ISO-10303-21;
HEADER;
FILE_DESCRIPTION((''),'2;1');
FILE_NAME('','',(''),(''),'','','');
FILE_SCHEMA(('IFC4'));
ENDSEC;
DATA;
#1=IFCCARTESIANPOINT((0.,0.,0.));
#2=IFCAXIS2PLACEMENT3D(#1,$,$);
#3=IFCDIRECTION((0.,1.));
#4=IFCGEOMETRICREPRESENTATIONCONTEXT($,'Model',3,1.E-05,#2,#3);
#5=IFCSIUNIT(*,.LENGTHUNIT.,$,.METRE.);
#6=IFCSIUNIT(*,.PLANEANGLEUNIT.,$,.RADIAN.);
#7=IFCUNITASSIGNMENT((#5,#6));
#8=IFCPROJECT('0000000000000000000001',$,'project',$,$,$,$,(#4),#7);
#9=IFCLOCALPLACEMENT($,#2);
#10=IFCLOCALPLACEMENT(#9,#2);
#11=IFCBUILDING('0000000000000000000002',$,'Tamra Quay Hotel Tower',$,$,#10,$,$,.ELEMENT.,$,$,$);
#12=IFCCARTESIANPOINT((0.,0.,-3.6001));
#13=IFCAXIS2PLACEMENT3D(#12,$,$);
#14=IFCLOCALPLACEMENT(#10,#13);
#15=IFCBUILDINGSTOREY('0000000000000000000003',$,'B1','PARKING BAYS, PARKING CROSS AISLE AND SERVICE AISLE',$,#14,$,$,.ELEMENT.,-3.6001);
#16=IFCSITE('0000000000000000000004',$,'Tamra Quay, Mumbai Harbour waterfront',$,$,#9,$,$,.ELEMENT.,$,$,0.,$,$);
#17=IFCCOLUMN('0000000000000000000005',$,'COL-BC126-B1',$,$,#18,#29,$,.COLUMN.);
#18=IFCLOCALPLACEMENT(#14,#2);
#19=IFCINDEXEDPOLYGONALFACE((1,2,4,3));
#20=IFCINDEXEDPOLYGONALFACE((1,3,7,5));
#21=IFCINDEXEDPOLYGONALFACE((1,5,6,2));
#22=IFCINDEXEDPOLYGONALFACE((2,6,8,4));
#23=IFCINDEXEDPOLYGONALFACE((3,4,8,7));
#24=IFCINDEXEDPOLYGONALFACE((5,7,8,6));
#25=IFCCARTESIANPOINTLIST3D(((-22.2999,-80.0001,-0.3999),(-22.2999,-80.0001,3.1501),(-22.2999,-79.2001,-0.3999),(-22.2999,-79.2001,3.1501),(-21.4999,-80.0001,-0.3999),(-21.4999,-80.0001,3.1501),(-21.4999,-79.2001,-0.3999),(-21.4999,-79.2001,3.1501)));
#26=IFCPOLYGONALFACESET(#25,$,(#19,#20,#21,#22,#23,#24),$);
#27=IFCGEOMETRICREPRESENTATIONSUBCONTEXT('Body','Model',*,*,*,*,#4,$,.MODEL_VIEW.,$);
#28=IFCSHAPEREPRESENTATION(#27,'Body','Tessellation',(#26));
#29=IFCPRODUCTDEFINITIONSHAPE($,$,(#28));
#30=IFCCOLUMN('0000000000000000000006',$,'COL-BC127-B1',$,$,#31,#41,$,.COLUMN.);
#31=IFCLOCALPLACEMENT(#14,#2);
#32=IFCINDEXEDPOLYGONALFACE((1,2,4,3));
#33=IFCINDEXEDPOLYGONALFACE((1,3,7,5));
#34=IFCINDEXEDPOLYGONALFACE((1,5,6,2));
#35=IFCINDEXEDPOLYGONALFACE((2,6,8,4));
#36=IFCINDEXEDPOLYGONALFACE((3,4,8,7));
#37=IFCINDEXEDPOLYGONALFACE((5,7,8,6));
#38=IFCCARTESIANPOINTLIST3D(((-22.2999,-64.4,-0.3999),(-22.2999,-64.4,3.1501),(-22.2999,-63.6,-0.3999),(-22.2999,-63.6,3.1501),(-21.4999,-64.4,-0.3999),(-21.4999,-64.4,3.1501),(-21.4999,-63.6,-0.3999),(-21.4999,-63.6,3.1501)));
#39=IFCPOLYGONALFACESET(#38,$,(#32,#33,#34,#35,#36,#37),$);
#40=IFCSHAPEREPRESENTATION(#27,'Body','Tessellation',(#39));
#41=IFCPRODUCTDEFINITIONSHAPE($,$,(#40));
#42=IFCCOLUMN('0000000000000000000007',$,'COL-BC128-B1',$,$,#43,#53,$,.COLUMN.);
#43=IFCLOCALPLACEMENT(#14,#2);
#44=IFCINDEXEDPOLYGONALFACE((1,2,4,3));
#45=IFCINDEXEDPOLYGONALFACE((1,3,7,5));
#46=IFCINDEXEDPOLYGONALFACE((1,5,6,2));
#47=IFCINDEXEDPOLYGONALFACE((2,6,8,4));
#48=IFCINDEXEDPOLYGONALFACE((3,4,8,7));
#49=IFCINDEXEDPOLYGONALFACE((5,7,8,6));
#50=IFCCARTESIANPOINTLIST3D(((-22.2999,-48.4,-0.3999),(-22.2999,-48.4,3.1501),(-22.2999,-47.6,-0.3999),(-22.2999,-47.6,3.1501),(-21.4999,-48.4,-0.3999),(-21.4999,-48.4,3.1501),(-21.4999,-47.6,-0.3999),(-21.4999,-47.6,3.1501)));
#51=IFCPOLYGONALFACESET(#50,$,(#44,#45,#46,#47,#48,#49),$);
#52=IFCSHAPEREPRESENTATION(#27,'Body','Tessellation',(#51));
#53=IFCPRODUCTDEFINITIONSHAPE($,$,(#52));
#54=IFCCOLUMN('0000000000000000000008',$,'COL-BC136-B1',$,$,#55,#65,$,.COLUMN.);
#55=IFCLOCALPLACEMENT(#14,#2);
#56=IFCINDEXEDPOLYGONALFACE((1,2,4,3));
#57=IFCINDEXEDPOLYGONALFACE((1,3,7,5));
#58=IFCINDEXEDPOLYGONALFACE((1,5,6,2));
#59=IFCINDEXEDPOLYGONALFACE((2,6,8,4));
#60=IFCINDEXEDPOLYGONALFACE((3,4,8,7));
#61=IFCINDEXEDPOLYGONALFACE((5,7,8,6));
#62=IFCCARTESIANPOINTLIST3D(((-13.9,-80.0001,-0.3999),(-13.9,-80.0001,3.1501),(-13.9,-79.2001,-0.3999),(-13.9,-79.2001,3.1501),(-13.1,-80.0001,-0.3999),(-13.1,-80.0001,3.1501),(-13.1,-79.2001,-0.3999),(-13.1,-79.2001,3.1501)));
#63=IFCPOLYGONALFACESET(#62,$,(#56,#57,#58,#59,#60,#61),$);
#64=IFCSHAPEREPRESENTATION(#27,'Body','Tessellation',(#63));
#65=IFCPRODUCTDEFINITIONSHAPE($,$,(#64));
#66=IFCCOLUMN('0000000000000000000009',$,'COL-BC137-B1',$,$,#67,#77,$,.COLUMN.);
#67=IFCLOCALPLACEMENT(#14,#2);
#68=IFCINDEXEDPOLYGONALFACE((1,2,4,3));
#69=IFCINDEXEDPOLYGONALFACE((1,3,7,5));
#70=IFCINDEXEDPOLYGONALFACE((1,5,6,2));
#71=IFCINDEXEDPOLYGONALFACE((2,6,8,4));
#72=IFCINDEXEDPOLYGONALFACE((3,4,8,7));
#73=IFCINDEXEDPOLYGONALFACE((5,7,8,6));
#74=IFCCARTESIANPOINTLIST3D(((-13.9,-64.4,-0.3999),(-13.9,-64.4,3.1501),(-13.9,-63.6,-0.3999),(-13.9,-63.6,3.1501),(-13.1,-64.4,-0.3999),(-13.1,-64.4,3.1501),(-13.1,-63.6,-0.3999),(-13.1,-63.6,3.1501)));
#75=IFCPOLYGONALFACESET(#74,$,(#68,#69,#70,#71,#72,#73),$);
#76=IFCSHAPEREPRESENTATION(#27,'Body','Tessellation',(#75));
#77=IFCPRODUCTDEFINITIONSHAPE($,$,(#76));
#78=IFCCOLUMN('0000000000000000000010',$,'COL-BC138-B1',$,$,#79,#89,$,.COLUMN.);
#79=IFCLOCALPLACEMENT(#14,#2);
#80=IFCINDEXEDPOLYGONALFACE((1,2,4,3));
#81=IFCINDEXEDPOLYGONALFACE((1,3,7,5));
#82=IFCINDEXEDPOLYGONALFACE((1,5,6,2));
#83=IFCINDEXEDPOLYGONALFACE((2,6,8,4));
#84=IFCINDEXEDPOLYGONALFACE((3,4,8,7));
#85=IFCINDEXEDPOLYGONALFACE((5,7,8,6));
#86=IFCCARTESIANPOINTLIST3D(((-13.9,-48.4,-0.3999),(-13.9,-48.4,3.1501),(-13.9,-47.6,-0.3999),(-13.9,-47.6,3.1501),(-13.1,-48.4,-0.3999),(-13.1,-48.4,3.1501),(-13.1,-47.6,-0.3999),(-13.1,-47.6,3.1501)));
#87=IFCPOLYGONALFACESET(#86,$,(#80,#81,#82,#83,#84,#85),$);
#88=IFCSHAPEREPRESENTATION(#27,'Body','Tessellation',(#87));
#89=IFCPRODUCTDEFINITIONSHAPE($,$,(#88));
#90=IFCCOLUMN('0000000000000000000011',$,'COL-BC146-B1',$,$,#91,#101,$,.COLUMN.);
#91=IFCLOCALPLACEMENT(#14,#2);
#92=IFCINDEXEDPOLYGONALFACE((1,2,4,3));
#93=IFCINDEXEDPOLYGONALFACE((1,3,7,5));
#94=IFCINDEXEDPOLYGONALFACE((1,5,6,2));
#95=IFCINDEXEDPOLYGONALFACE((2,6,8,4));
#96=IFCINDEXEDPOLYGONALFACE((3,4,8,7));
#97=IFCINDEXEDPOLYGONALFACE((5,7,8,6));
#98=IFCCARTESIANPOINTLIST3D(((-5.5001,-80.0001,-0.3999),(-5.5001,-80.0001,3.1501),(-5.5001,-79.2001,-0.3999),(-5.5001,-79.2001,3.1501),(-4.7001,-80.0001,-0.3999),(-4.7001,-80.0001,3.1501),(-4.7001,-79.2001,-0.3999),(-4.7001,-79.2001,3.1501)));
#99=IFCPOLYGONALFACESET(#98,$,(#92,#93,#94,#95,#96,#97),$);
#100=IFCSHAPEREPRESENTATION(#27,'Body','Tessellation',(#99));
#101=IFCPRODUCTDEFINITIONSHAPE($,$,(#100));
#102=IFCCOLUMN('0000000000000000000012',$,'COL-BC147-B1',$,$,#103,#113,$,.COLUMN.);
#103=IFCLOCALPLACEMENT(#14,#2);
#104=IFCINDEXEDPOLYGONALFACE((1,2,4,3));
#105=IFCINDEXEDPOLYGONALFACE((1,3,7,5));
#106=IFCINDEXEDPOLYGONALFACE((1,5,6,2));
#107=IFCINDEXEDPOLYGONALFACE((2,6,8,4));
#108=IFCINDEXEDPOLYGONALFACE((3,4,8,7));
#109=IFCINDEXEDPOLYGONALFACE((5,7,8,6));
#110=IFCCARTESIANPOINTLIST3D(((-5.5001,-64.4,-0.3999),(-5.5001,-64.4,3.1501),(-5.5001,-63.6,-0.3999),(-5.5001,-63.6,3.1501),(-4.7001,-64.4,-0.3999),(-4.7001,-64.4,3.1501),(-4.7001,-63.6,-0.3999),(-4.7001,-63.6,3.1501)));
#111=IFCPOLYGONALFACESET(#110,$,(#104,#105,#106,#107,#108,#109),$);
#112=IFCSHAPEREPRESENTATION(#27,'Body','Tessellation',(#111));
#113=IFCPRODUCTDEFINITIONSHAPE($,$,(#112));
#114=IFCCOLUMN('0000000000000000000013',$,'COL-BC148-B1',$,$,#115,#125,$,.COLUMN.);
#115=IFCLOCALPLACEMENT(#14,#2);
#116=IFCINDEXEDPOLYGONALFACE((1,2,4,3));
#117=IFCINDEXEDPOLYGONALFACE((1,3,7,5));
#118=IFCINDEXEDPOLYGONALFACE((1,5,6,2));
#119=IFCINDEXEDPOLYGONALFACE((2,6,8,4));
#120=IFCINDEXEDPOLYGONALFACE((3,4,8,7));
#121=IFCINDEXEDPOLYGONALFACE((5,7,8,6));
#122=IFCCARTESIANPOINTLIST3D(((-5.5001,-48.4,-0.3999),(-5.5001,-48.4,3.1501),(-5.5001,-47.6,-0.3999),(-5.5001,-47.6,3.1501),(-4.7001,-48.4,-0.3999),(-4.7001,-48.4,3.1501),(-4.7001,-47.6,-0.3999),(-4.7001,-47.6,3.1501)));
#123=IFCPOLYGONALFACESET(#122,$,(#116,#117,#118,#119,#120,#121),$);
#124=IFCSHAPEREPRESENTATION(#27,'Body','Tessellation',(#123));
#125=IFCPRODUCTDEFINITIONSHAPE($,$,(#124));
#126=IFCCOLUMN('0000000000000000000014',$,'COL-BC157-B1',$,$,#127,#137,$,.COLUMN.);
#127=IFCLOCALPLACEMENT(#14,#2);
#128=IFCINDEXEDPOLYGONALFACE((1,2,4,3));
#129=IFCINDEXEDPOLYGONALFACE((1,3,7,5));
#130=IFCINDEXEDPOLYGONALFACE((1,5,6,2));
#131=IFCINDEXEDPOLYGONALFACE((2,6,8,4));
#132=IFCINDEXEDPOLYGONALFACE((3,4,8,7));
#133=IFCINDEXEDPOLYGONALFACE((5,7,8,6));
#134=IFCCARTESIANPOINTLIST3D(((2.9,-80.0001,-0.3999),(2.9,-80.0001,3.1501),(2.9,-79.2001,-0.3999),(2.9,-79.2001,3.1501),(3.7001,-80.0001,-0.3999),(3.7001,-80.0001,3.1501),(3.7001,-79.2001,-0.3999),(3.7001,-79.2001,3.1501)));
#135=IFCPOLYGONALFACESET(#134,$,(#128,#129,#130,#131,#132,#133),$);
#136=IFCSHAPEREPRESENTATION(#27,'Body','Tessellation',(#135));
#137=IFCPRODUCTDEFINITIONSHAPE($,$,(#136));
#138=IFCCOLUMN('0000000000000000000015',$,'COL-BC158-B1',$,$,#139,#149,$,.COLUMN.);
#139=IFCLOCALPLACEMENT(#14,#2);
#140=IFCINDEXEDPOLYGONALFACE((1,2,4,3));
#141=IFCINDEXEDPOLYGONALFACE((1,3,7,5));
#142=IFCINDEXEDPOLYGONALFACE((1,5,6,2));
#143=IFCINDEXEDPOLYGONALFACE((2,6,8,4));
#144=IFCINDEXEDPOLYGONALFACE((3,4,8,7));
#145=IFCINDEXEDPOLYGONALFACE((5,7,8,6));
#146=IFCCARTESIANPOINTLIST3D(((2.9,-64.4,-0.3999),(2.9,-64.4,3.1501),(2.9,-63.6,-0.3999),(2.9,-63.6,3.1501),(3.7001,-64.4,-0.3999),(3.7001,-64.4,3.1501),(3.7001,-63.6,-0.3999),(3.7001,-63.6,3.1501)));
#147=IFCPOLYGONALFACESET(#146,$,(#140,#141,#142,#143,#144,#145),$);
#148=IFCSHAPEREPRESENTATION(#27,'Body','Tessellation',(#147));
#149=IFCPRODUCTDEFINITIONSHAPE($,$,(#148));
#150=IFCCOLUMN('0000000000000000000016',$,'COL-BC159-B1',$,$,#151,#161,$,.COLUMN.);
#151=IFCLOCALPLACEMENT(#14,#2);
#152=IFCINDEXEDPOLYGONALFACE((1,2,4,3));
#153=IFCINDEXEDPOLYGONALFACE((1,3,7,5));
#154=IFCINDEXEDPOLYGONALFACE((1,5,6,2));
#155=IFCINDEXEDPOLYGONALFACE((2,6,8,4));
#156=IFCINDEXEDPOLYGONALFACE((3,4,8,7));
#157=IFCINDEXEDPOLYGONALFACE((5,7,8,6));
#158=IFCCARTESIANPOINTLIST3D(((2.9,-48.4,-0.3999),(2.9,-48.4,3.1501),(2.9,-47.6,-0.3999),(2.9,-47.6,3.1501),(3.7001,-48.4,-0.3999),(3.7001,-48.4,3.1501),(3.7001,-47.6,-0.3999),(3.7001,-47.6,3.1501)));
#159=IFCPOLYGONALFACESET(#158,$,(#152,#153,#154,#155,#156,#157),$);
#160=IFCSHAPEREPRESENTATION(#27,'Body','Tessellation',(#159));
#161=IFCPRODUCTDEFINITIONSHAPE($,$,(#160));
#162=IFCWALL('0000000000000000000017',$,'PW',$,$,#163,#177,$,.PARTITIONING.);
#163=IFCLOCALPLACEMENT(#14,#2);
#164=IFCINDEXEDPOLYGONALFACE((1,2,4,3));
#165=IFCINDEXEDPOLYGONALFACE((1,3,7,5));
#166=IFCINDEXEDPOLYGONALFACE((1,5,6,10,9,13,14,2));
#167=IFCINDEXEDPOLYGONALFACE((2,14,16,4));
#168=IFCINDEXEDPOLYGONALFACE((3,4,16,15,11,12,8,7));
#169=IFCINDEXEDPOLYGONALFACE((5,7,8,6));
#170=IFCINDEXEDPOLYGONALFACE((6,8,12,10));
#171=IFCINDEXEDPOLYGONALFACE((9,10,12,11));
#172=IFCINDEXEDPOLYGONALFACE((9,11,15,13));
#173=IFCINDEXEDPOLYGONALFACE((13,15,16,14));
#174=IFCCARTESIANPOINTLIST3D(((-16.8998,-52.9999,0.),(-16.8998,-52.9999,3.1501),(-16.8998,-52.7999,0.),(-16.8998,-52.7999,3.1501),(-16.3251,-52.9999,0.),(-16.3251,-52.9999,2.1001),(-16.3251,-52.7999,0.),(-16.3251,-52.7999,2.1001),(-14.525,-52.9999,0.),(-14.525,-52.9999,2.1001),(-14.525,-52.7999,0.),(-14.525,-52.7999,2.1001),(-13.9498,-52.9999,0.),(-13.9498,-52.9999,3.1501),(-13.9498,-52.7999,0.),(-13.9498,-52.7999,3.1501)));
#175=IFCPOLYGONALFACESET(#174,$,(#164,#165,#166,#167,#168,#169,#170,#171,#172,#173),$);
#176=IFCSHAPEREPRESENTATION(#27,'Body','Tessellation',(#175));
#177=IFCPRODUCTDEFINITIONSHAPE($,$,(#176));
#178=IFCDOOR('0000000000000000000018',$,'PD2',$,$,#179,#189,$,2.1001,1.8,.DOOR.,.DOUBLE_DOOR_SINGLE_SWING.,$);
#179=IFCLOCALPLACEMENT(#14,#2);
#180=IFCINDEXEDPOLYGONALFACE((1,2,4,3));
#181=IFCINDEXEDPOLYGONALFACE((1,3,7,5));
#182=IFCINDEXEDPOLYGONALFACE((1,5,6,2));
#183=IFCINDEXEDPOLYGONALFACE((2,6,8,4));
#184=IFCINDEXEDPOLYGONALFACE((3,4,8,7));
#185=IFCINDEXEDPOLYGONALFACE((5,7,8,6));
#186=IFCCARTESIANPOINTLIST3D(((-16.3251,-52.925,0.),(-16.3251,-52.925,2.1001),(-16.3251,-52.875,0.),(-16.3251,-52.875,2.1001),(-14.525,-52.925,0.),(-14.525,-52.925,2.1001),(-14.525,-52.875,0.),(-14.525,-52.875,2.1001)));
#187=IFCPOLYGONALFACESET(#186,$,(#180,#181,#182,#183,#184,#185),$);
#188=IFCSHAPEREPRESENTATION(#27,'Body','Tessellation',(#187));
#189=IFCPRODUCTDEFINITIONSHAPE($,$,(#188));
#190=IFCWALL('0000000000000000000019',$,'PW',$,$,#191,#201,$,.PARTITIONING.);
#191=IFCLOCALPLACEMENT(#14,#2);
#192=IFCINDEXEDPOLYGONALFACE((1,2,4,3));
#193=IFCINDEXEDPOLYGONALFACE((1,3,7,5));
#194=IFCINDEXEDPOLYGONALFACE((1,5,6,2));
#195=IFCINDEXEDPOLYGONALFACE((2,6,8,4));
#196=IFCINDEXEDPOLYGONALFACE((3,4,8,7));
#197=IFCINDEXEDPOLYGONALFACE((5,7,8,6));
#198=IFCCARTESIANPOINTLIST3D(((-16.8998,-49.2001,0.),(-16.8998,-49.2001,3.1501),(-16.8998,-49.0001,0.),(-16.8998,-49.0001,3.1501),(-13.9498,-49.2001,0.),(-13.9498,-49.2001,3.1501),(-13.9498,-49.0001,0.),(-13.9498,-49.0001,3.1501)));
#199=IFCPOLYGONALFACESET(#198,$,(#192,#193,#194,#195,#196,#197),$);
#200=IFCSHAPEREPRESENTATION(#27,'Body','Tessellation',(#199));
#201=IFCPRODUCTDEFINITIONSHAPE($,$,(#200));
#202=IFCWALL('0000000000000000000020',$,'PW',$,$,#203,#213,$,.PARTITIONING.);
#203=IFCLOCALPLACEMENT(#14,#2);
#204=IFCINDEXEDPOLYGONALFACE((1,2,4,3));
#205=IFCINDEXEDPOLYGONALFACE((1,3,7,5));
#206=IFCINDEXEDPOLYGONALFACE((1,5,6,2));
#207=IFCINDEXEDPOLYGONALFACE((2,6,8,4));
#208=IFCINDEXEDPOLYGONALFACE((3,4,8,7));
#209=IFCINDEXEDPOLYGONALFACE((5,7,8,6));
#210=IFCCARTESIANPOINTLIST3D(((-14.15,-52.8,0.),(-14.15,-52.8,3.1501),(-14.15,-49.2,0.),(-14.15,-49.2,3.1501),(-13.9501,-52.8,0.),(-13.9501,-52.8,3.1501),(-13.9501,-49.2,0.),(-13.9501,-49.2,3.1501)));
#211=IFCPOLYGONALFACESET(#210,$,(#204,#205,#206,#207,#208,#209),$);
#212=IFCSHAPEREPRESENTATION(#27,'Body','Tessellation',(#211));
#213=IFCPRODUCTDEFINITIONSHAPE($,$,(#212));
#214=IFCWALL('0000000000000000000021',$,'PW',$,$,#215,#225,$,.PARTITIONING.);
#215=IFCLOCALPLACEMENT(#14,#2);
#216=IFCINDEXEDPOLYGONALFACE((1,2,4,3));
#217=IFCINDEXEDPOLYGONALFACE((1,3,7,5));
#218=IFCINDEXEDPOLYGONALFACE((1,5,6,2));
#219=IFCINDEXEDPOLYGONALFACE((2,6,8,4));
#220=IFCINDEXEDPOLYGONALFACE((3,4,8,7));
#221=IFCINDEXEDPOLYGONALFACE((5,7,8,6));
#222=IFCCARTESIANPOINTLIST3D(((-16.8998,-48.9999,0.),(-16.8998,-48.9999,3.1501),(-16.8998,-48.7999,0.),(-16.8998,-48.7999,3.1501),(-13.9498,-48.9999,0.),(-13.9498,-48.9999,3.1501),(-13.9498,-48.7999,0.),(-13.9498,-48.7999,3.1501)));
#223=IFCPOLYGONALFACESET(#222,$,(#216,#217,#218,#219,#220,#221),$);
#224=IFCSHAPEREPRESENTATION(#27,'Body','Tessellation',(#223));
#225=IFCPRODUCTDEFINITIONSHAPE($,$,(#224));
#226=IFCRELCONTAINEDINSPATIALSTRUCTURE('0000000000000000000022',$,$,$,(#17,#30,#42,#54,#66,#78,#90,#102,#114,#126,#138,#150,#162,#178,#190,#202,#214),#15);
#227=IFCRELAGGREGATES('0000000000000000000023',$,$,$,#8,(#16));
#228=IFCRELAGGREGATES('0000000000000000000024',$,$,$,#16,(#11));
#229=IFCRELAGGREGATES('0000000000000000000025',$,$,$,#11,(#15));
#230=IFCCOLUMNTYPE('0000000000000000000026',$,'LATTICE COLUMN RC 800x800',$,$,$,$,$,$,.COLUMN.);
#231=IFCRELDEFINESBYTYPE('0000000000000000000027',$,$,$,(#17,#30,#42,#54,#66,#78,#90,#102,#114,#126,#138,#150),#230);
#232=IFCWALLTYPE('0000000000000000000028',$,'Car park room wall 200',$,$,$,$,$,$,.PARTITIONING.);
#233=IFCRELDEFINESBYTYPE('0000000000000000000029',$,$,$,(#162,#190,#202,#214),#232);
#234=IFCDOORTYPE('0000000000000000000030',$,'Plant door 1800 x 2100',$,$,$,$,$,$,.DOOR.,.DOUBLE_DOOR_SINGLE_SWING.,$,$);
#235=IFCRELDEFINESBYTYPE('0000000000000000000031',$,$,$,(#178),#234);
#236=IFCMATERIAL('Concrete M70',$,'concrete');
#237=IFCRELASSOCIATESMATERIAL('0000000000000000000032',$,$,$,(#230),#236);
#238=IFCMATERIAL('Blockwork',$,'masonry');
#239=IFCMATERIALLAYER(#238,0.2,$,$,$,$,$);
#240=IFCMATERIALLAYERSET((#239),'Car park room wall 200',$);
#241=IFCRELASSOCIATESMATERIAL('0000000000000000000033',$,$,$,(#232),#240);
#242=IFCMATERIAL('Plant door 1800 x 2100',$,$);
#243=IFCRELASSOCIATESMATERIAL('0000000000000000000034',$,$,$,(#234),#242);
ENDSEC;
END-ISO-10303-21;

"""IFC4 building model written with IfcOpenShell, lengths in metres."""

from ifc_helpers import new_model, si_unit, direction, frame, frame_2d, origin, origin_2d, place, context, subcontext, project, spatial, rectangle, extrude, material, layer, layer_set, material_profile, profile_set, type_object, element, fill, save


model = new_model("IFC4")

# Units and contexts
model_context = context("Model", 3, precision=1e-05, world=origin(), true_north=direction((0.0, 1.0)))
body_context = subcontext(model_context, "Body", "Model", "MODEL_VIEW")
ifc_project = project(units=[si_unit("LENGTHUNIT", "METRE"), si_unit("PLANEANGLEUNIT", "RADIAN")], contexts=[model_context])

# Site, building, storey
site_placement = place(None, origin())
site = spatial("IfcSite", under=ifc_project, at=site_placement, Name="Tamra Quay, Mumbai Harbour waterfront", CompositionType="ELEMENT", RefElevation=0.0)
building_placement = place(site_placement, origin())
building = spatial("IfcBuilding", under=site, at=building_placement, Name="Tamra Quay Hotel Tower", CompositionType="ELEMENT")
storey_placement = place(building_placement, frame((0.0, 0.0, -3.6001)))
storey = spatial("IfcBuildingStorey", under=building, at=storey_placement, Name="B1", Description="PARKING BAYS, PARKING CROSS AISLE AND SERVICE AISLE", CompositionType="ELEMENT", Elevation=-3.6001)

# Columns
ifc_material_1 = material(Name="Concrete M70", Category="concrete")
ifc_material_profile = material_profile(ifc_material_1, rectangle(XDim=0.8, YDim=0.8, at=origin_2d()), Name="LATTICE COLUMN RC 800x800")
ifc_profile_set = profile_set([ifc_material_profile], Name="Concrete M70")
column_type = type_object("IfcColumnType", Name="LATTICE COLUMN RC 800x800", PredefinedType="COLUMN", material=ifc_profile_set)
for number, where, z_axis, x_axis, name in (
    (1, (-21.8999, -79.6001, -0.3999), (0.0, 0.0, 1.0), (1.0, 0.0, 0.0), "COL-BC126-B1"),
    (2, (-21.8999, -64.0, -0.3999), (0.0, 0.0, 1.0), (1.0, 0.0, 0.0), "COL-BC127-B1"),
    (3, (-21.8999, -48.0, -0.3999), (0.0, 0.0, 1.0), (1.0, 0.0, 0.0), "COL-BC128-B1"),
    (4, (-13.5, -79.6001, -0.3999), (0.0, 0.0, 1.0), (1.0, 0.0, 0.0), "COL-BC136-B1"),
    (5, (-13.5, -64.0, -0.3999), (0.0, 0.0, 1.0), (1.0, 0.0, 0.0), "COL-BC137-B1"),
    (6, (-13.5, -48.0, -0.3999), (0.0, 0.0, 1.0), (1.0, 0.0, 0.0), "COL-BC138-B1"),
    (7, (-5.1001, -79.6001, -0.3999), (0.0, 0.0, 1.0), (1.0, 0.0, 0.0), "COL-BC146-B1"),
    (8, (-5.1001, -64.0, -0.3999), (0.0, 0.0, 1.0), (1.0, 0.0, 0.0), "COL-BC147-B1"),
    (9, (-5.1001, -48.0, -0.3999), (0.0, 0.0, 1.0), (1.0, 0.0, 0.0), "COL-BC148-B1"),
    (10, (3.3, -79.6001, -0.3999), (0.0, 0.0, 1.0), (1.0, 0.0, 0.0), "COL-BC157-B1"),
    (11, (3.3, -64.0, -0.3999), (0.0, 0.0, 1.0), (1.0, 0.0, 0.0), "COL-BC158-B1"),
    (12, (3.3, -48.0, -0.3999), (0.0, 0.0, 1.0), (1.0, 0.0, 0.0), "COL-BC159-B1"),
):
    element("IfcColumn", number, at=place(storey_placement, frame(where, z_axis=z_axis, x_axis=x_axis)), inside=storey, type_object=column_type, Name=name, PredefinedType="COLUMN", context=body_context, shape_type="SweptSolid", body=[
        extrude(rectangle(XDim=0.8, YDim=0.8, at=origin_2d()), origin(), (0.0, 0.0, 1.0), 3.55),
    ])

# Wall, opening, door
ifc_material_2 = material(Name="Blockwork", Category="masonry")
ifc_layer_1 = layer(ifc_material_2, 0.2)
ifc_layer_set_1 = layer_set([ifc_layer_1], Name="Car park room wall 200")
wall_type_1 = type_object("IfcWallType", Name="Car park room wall 200", PredefinedType="PARTITIONING", material=ifc_layer_set_1)
wall_1_placement = place(storey_placement, frame((-16.8999, -52.8999, 0.0), z_axis=(0.0, 0.0, 1.0), x_axis=(1.0, 0.0, 0.0)))
wall_1 = element("IfcWall", 13, at=wall_1_placement, inside=storey, type_object=wall_type_1, Name="PW", PredefinedType="PARTITIONING", context=body_context, shape_type="SweptSolid", body=[
    extrude(rectangle(XDim=2.95, YDim=0.2, at=frame_2d((1.4751, 0.0))), origin(), (0.0, 0.0, 1.0), 3.1501),
])
opening_1_placement = place(wall_1_placement, frame((0.575, 0.0, 0.0)))
opening_1 = element("IfcOpeningElement", 14, at=opening_1_placement, cuts=wall_1, PredefinedType="OPENING", context=body_context, shape_type="SweptSolid", body=[
    extrude(rectangle(XDim=1.8, YDim=2.1001, at=frame_2d((0.8999, 1.05))), frame((0.0, 0.1099, 0.0), z_axis=(0.0, -1.0, 0.0), x_axis=(1.0, 0.0, 0.0)), (0.0, 0.0, 1.0), 0.22),
])
ifc_material_3 = material(Name="Plant door 1800 x 2100")
door_type_1 = type_object("IfcDoorType", Name="Plant door 1800 x 2100", OperationType="DOUBLE_DOOR_SINGLE_SWING", PredefinedType="DOOR", material=ifc_material_3)
door_1_placement = place(opening_1_placement, origin())
door_1 = element("IfcDoor", 15, at=door_1_placement, inside=storey, type_object=door_type_1, Name="PD2", OperationType="DOUBLE_DOOR_SINGLE_SWING", OverallHeight=2.1001, OverallWidth=1.8, PredefinedType="DOOR", context=body_context, shape_type="SweptSolid", body=[
    extrude(rectangle(XDim=1.8, YDim=2.1001, at=frame_2d((0.8999, 1.05))), frame((0.0, 0.0249, 0.0), z_axis=(0.0, -1.0, 0.0), x_axis=(1.0, 0.0, 0.0)), (0.0, 0.0, 1.0), 0.05),
])
fill(opening_1, door_1)

# Walls
wall_2_placement = place(storey_placement, frame((-16.8999, -49.1001, 0.0), z_axis=(0.0, 0.0, 1.0), x_axis=(1.0, 0.0, 0.0)))
element("IfcWall", 16, at=wall_2_placement, inside=storey, type_object=wall_type_1, Name="PW", PredefinedType="PARTITIONING", context=body_context, shape_type="SweptSolid", body=[
    extrude(rectangle(XDim=2.95, YDim=0.2, at=frame_2d((1.4751, 0.0))), origin(), (0.0, 0.0, 1.0), 3.1501),
])
wall_3_placement = place(storey_placement, frame((-14.05, -52.8, 0.0), z_axis=(0.0, 0.0, 1.0), x_axis=(0.0, 1.0, 0.0)))
element("IfcWall", 17, at=wall_3_placement, inside=storey, type_object=wall_type_1, Name="PW", PredefinedType="PARTITIONING", context=body_context, shape_type="SweptSolid", body=[
    extrude(rectangle(XDim=3.6001, YDim=0.2, at=frame_2d((1.8, 0.0))), origin(), (0.0, 0.0, 1.0), 3.1501),
])
wall_4_placement = place(storey_placement, frame((-16.8999, -48.8999, 0.0), z_axis=(0.0, 0.0, 1.0), x_axis=(1.0, 0.0, 0.0)))
element("IfcWall", 18, at=wall_4_placement, inside=storey, type_object=wall_type_1, Name="PW", PredefinedType="PARTITIONING", context=body_context, shape_type="SweptSolid", body=[
    extrude(rectangle(XDim=2.95, YDim=0.2, at=frame_2d((1.4751, 0.0))), origin(), (0.0, 0.0, 1.0), 3.1501),
])

save(model, "model.ifc")
